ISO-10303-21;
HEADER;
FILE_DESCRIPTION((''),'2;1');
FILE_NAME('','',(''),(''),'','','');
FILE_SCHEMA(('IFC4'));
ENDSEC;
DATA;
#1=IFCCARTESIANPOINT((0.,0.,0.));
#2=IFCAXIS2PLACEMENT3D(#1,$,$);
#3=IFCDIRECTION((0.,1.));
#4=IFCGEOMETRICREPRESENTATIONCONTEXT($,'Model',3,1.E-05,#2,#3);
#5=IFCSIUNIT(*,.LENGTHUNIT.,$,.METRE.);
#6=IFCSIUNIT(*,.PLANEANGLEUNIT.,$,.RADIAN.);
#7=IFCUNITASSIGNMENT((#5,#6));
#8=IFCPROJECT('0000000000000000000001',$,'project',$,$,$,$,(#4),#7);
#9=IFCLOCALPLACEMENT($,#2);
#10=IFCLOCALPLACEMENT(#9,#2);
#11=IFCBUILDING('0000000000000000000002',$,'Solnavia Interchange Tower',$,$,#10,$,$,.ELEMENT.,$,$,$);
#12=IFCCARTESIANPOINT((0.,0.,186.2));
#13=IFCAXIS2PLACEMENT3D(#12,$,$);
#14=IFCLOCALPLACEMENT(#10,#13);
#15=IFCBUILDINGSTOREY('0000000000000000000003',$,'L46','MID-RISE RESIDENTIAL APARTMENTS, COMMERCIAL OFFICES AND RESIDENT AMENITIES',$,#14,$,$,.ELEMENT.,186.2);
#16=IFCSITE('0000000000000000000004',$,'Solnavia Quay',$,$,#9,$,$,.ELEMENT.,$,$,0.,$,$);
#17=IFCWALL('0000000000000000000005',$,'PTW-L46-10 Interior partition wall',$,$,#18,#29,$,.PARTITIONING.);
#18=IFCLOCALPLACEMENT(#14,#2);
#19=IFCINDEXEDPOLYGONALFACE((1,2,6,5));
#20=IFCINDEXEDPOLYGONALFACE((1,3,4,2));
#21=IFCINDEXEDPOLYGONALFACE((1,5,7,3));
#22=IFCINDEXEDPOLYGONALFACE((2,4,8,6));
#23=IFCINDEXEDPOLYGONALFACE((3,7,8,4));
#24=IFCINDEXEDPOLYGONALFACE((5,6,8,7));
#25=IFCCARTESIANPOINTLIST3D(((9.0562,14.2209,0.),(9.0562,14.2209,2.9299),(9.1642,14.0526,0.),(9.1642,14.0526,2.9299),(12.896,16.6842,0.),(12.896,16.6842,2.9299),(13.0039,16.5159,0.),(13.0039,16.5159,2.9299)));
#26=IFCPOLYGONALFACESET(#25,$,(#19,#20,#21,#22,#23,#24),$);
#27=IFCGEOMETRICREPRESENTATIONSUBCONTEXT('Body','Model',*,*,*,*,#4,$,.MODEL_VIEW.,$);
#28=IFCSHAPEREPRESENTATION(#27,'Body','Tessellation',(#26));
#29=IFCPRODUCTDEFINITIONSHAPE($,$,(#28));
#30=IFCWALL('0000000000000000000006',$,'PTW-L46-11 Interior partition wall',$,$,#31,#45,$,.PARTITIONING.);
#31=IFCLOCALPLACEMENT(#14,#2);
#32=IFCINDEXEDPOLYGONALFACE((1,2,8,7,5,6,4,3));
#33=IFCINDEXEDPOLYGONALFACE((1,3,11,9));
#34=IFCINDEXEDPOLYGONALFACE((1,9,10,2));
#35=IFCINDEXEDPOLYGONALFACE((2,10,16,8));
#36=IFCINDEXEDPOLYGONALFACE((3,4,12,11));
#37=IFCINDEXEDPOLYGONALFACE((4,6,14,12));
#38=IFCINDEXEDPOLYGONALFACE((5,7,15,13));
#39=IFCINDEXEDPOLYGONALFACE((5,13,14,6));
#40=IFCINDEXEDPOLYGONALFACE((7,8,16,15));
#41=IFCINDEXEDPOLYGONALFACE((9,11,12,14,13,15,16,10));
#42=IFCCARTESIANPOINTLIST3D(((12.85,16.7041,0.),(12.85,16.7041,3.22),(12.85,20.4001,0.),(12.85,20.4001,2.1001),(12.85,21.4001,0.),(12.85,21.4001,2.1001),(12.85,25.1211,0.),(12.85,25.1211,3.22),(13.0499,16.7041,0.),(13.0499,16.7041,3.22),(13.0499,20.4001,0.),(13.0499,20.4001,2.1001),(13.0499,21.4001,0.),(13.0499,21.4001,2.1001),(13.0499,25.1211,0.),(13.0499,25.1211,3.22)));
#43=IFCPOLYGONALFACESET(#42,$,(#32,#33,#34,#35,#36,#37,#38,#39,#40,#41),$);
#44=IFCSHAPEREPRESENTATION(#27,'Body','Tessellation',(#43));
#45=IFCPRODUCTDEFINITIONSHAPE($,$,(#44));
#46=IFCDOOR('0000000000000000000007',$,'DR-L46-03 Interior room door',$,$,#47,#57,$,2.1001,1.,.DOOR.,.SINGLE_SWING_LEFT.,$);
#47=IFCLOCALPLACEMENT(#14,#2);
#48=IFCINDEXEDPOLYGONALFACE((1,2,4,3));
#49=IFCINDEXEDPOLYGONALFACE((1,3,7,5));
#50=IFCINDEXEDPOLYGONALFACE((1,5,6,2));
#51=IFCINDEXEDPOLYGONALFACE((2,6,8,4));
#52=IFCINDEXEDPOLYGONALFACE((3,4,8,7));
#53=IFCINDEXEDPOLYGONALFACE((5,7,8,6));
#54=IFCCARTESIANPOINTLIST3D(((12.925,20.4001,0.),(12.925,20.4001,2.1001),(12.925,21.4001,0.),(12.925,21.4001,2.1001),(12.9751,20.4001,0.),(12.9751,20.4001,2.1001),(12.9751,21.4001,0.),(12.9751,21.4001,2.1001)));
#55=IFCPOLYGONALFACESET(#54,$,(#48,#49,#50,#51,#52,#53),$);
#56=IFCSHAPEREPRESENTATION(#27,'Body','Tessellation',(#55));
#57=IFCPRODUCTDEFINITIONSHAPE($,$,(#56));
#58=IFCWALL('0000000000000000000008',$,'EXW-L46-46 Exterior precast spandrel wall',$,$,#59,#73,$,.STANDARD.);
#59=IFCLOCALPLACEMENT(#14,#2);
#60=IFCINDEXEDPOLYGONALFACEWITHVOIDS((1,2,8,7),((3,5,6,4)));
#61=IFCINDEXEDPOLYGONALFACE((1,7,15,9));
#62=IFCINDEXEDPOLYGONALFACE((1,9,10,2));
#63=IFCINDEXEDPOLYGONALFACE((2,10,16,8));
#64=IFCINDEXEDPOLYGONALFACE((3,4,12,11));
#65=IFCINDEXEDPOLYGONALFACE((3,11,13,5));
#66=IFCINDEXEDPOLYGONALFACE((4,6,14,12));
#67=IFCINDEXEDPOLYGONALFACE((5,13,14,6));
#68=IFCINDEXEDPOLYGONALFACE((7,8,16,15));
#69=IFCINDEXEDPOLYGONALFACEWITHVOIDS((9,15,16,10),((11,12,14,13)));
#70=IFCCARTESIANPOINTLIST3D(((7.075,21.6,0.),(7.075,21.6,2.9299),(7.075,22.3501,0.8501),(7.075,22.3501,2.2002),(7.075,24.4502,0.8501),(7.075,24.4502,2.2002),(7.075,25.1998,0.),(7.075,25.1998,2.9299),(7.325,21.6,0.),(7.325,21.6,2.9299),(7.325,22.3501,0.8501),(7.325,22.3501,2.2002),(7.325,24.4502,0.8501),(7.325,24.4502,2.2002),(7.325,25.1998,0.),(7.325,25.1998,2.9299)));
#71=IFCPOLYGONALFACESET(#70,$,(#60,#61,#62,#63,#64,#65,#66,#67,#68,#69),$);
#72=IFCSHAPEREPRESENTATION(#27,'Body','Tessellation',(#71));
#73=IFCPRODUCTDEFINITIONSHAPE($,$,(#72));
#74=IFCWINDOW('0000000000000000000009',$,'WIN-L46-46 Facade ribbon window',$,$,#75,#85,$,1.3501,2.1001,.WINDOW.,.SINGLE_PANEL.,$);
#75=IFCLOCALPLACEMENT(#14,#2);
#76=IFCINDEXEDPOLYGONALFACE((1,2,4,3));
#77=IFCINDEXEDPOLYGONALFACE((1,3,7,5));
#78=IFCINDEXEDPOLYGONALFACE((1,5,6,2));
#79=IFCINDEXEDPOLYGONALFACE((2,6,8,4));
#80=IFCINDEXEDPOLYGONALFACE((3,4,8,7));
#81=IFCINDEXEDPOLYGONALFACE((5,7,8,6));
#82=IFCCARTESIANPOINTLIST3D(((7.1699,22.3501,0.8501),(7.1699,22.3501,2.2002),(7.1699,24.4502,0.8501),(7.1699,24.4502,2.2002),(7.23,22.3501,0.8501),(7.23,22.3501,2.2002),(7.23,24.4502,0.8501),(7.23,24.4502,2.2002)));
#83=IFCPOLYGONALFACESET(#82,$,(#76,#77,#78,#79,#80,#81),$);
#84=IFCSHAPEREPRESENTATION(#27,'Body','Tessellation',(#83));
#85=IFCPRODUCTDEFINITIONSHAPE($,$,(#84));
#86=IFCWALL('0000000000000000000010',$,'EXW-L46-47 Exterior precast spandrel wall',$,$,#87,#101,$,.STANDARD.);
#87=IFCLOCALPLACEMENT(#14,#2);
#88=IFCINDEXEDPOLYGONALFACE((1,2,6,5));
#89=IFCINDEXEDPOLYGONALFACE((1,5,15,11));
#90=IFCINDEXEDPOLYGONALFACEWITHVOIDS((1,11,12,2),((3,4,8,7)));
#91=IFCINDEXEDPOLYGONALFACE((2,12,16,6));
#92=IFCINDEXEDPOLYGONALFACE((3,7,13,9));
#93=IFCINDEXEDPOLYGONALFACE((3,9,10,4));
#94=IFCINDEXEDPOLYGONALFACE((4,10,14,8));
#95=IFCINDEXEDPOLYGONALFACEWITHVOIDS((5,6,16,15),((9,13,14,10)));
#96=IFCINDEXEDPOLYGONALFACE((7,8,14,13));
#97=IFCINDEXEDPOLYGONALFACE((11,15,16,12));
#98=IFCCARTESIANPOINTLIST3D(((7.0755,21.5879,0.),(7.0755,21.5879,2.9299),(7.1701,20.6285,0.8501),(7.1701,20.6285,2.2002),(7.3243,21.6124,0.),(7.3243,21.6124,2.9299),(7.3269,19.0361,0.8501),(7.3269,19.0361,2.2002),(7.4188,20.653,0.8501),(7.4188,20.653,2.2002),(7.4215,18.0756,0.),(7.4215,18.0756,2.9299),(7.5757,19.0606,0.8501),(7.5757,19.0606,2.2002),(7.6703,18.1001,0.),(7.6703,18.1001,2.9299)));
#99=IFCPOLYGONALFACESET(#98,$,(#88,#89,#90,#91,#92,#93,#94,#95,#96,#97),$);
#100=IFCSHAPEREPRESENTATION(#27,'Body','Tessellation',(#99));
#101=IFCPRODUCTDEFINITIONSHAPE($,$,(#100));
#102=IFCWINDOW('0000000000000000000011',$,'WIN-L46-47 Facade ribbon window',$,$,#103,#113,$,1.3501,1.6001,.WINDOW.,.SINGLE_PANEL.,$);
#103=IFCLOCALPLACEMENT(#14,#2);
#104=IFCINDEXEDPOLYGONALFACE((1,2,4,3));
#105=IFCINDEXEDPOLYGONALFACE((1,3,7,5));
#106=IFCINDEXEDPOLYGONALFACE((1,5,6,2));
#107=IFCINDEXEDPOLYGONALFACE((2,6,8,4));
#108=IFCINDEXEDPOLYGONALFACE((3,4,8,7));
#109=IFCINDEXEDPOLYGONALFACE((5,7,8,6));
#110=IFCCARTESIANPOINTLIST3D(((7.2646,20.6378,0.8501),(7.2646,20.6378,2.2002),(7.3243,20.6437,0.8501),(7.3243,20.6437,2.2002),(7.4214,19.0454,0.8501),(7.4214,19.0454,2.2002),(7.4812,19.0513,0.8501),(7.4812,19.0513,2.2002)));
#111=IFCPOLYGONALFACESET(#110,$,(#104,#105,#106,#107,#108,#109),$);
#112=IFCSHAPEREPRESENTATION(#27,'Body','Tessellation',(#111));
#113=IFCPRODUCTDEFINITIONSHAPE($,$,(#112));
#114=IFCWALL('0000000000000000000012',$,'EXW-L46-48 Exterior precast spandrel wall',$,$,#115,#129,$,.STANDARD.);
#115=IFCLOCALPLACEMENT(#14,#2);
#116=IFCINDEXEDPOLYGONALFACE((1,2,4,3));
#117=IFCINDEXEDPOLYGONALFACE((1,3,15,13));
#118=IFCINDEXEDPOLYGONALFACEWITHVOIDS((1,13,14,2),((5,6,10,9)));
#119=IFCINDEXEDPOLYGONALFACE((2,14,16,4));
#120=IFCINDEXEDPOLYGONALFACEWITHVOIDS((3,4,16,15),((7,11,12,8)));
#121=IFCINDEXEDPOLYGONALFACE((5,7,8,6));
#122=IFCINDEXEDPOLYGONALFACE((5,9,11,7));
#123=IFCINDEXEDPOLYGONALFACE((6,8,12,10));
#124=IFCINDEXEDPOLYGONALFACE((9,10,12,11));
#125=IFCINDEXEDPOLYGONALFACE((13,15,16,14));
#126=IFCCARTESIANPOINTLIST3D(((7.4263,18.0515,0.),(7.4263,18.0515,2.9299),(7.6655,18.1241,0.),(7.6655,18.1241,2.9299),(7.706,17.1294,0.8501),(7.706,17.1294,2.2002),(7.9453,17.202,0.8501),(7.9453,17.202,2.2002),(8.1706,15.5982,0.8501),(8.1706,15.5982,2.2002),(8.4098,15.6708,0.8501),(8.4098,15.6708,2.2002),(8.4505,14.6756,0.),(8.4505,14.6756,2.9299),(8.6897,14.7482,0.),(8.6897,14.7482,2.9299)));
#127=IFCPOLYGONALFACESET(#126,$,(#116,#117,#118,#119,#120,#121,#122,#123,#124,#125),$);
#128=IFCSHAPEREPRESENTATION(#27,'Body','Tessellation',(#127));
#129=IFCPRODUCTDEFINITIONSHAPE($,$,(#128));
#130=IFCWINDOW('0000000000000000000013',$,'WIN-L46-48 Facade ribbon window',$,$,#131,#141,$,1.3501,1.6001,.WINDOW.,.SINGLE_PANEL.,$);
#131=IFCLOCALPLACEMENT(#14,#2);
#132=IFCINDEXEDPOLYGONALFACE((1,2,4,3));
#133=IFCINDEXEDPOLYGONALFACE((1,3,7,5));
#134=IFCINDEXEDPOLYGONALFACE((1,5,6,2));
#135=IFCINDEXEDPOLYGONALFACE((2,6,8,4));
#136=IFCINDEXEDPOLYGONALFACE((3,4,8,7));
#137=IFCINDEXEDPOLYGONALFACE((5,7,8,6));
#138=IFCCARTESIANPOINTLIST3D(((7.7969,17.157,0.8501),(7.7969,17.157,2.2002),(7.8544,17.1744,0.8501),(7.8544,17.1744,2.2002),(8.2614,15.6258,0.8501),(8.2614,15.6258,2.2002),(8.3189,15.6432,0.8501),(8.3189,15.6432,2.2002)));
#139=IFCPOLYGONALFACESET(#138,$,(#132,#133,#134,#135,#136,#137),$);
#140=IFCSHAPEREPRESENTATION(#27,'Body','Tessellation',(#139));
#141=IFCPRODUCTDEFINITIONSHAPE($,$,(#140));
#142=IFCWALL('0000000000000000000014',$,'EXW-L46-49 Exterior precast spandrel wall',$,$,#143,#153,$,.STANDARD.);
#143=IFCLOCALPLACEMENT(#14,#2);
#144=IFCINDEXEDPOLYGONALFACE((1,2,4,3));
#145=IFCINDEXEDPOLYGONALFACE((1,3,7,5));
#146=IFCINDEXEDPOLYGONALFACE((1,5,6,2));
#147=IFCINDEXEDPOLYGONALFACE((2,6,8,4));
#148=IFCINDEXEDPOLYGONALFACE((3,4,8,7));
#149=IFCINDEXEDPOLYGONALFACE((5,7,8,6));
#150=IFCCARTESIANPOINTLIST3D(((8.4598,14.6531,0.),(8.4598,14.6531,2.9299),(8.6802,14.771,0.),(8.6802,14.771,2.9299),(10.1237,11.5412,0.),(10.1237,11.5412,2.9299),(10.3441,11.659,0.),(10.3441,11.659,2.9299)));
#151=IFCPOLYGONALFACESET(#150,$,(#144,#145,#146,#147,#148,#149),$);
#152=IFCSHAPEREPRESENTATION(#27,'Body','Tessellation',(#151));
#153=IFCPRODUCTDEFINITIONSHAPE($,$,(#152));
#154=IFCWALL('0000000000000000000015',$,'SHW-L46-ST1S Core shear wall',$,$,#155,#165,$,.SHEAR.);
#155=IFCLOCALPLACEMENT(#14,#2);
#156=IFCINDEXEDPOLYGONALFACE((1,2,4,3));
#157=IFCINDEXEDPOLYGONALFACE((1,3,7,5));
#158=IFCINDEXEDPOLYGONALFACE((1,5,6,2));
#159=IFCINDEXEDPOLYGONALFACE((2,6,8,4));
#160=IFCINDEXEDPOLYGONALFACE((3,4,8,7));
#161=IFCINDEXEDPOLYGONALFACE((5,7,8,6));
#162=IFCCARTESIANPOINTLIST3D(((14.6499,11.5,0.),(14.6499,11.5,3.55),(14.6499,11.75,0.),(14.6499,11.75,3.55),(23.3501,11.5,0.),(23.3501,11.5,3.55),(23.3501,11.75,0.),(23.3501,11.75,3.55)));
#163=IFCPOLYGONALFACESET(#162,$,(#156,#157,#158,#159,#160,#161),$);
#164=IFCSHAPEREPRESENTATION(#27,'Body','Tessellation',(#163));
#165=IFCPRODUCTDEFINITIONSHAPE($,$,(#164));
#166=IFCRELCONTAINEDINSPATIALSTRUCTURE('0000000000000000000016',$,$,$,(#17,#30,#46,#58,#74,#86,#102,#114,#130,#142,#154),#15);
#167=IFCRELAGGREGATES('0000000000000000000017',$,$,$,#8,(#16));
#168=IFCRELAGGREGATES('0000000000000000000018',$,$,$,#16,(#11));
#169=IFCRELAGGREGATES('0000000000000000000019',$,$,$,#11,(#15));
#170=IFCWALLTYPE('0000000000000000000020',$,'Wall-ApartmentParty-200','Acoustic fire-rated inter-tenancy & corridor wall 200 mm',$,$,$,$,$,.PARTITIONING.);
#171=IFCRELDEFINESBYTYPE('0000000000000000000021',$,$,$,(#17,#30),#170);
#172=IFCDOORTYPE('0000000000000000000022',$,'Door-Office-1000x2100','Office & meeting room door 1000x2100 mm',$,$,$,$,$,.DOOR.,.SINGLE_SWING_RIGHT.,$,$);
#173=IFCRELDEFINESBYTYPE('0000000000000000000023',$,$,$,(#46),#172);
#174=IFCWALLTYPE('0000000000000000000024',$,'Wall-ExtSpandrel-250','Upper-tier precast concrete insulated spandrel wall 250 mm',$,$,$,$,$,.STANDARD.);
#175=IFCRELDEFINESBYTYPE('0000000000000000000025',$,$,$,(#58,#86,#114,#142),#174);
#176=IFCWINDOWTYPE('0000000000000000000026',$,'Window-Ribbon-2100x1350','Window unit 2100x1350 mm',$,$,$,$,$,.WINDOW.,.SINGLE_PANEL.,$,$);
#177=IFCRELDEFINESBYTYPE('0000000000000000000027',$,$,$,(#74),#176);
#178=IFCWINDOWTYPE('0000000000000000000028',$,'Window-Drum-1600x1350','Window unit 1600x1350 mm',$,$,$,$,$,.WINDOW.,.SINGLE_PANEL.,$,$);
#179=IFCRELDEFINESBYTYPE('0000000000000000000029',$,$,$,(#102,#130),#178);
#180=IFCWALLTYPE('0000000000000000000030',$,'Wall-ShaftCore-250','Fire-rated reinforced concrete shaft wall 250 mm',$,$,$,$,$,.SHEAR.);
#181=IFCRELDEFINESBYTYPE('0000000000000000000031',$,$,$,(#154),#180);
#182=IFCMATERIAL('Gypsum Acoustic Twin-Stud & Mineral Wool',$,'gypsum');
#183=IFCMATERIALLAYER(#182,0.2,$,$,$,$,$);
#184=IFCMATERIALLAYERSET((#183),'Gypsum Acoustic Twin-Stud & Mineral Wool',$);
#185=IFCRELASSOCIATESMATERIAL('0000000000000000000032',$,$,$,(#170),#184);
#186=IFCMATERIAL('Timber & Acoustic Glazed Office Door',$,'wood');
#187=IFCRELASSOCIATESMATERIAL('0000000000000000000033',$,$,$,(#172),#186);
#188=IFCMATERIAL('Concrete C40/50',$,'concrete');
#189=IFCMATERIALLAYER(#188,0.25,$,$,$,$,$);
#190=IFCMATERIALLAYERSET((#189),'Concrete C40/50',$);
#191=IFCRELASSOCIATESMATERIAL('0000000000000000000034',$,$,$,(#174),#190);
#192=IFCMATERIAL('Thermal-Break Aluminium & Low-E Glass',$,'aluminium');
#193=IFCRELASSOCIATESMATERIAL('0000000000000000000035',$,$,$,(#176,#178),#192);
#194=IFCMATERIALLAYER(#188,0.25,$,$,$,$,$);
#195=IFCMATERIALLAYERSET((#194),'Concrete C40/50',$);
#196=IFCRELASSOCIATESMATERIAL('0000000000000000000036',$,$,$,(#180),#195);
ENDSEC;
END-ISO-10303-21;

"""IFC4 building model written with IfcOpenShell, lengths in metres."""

from ifc_helpers import new_model, si_unit, direction, frame, frame_2d, origin, place, context, subcontext, project, spatial, rectangle, extrude, material, layer, layer_set, type_object, element, fill, save


model = new_model("IFC4")

# Units and contexts
model_context = context("Model", 3, precision=1e-05, world=origin(), true_north=direction((0.0, 1.0)))
body_context = subcontext(model_context, "Body", "Model", "MODEL_VIEW")
ifc_project = project(units=[si_unit("LENGTHUNIT", "METRE"), si_unit("PLANEANGLEUNIT", "RADIAN")], contexts=[model_context])

# Site, building, storey
site_placement = place(None, origin())
site = spatial("IfcSite", under=ifc_project, at=site_placement, Name="Solnavia Quay", CompositionType="ELEMENT", RefElevation=0.0)
building_placement = place(site_placement, origin())
building = spatial("IfcBuilding", under=site, at=building_placement, Name="Solnavia Interchange Tower", CompositionType="ELEMENT")
storey_placement = place(building_placement, frame((0.0, 0.0, 186.2)))
storey = spatial("IfcBuildingStorey", under=building, at=storey_placement, Name="L46", Description="MID-RISE RESIDENTIAL APARTMENTS, COMMERCIAL OFFICES AND RESIDENT AMENITIES", CompositionType="ELEMENT", Elevation=186.2)

# Wall
ifc_material_1 = material(Name="Gypsum Acoustic Twin-Stud & Mineral Wool", Category="gypsum")
ifc_layer_1 = layer(ifc_material_1, 0.2)
ifc_layer_set_1 = layer_set([ifc_layer_1], Name="Gypsum Acoustic Twin-Stud & Mineral Wool")
wall_type_1 = type_object("IfcWallType", Name="Wall-ApartmentParty-200", Description="Acoustic fire-rated inter-tenancy & corridor wall 200 mm", PredefinedType="PARTITIONING", material=ifc_layer_set_1)
wall_1_placement = place(storey_placement, frame((12.95, 16.6001, 0.0), z_axis=(0.0, 0.0, 1.0), x_axis=(-0.841686, -0.539968, 0.0)))
element("IfcWall", 1, at=wall_1_placement, inside=storey, type_object=wall_type_1, Name="PTW-L46-10 Interior partition wall", PredefinedType="PARTITIONING", context=body_context, shape_type="SweptSolid", body=[
    extrude(rectangle(XDim=4.562, YDim=0.2, at=frame_2d((2.281, 0.0))), origin(), (0.0, 0.0, 1.0), 2.9299),
])

# Wall, opening, door
wall_2_placement = place(storey_placement, frame((12.95, 16.7041, 0.0), z_axis=(0.0, 0.0, 1.0), x_axis=(0.0, 1.0, 0.0)))
wall_2 = element("IfcWall", 2, at=wall_2_placement, inside=storey, type_object=wall_type_1, Name="PTW-L46-11 Interior partition wall", PredefinedType="PARTITIONING", context=body_context, shape_type="SweptSolid", body=[
    extrude(rectangle(XDim=8.417, YDim=0.2, at=frame_2d((4.2085, 0.0))), origin(), (0.0, 0.0, 1.0), 3.22),
])
opening_1_placement = place(wall_2_placement, frame((3.696, 0.0, 0.0)))
opening_1 = element("IfcOpeningElement", 3, at=opening_1_placement, cuts=wall_2, PredefinedType="OPENING", context=body_context, shape_type="SweptSolid", body=[
    extrude(rectangle(XDim=1.0, YDim=2.1001, at=frame_2d((0.5, 1.05))), frame((0.0, 0.1099, 0.0), z_axis=(0.0, -1.0, 0.0), x_axis=(1.0, 0.0, 0.0)), (0.0, 0.0, 1.0), 0.22),
])
ifc_material_2 = material(Name="Timber & Acoustic Glazed Office Door", Category="wood")
door_type = type_object("IfcDoorType", Name="Door-Office-1000x2100", Description="Office & meeting room door 1000x2100 mm", OperationType="SINGLE_SWING_RIGHT", PredefinedType="DOOR", material=ifc_material_2)
door_placement = place(opening_1_placement, origin())
door = element("IfcDoor", 4, at=door_placement, inside=storey, type_object=door_type, Name="DR-L46-03 Interior room door", OperationType="SINGLE_SWING_LEFT", OverallHeight=2.1001, OverallWidth=1.0, PredefinedType="DOOR", context=body_context, shape_type="SweptSolid", body=[
    extrude(rectangle(XDim=1.0, YDim=2.1001, at=frame_2d((0.5, 1.05))), frame((0.0, 0.0249, 0.0), z_axis=(0.0, -1.0, 0.0), x_axis=(1.0, 0.0, 0.0)), (0.0, 0.0, 1.0), 0.05),
])
fill(opening_1, door)

# Walls, openings, windows
ifc_material_3 = material(Name="Concrete C40/50", Category="concrete")
ifc_layer_2 = layer(ifc_material_3, 0.25)
ifc_layer_set_2 = layer_set([ifc_layer_2], Name="Concrete C40/50")
wall_type_2 = type_object("IfcWallType", Name="Wall-ExtSpandrel-250", Description="Upper-tier precast concrete insulated spandrel wall 250 mm", PredefinedType="STANDARD", material=ifc_layer_set_2)
wall_3_placement = place(storey_placement, frame((7.2, 21.6001, 0.0), z_axis=(0.0, 0.0, 1.0), x_axis=(0.0, 1.0, 0.0)))
wall_3 = element("IfcWall", 5, at=wall_3_placement, inside=storey, type_object=wall_type_2, Name="EXW-L46-46 Exterior precast spandrel wall", PredefinedType="STANDARD", context=body_context, shape_type="SweptSolid", body=[
    extrude(rectangle(XDim=3.5999, YDim=0.25, at=frame_2d((1.7998, 0.0))), origin(), (0.0, 0.0, 1.0), 2.9299),
])
opening_2_placement = place(wall_3_placement, frame((0.75, 0.0, 0.8501)))
opening_2 = element("IfcOpeningElement", 6, at=opening_2_placement, cuts=wall_3, PredefinedType="OPENING", context=body_context, shape_type="SweptSolid", body=[
    extrude(rectangle(XDim=2.1001, YDim=1.3501, at=frame_2d((1.05, 0.675))), frame((0.0, 0.135, 0.0), z_axis=(0.0, -1.0, 0.0), x_axis=(1.0, 0.0, 0.0)), (0.0, 0.0, 1.0), 0.27),
])
ifc_material_4 = material(Name="Thermal-Break Aluminium & Low-E Glass", Category="aluminium")
window_type_1 = type_object("IfcWindowType", Name="Window-Ribbon-2100x1350", Description="Window unit 2100x1350 mm", PartitioningType="SINGLE_PANEL", PredefinedType="WINDOW", material=ifc_material_4)
window_1_placement = place(opening_2_placement, origin())
window_1 = element("IfcWindow", 7, at=window_1_placement, inside=storey, type_object=window_type_1, Name="WIN-L46-46 Facade ribbon window", OverallHeight=1.3501, OverallWidth=2.1001, PartitioningType="SINGLE_PANEL", PredefinedType="WINDOW", context=body_context, shape_type="SweptSolid", body=[
    extrude(rectangle(XDim=2.1001, YDim=1.3501, at=frame_2d((1.05, 0.675))), frame((0.0, 0.03, 0.0), z_axis=(0.0, -1.0, 0.0), x_axis=(1.0, 0.0, 0.0)), (0.0, 0.0, 1.0), 0.0601),
])
fill(opening_2, window_1)
wall_4_placement = place(storey_placement, frame((7.5459, 18.0879, 0.0), z_axis=(0.0, 0.0, 1.0), x_axis=(-0.098024, 0.995184, 0.0)))
wall_4 = element("IfcWall", 8, at=wall_4_placement, inside=storey, type_object=wall_type_2, Name="EXW-L46-47 Exterior precast spandrel wall", PredefinedType="STANDARD", context=body_context, shape_type="SweptSolid", body=[
    extrude(rectangle(XDim=3.5293, YDim=0.25, at=frame_2d((1.7646, 0.0))), origin(), (0.0, 0.0, 1.0), 2.9299),
])
opening_3_placement = place(wall_4_placement, frame((0.9651, 0.0, 0.8501)))
opening_3 = element("IfcOpeningElement", 9, at=opening_3_placement, cuts=wall_4, PredefinedType="OPENING", context=body_context, shape_type="SweptSolid", body=[
    extrude(rectangle(XDim=1.6001, YDim=1.3501, at=frame_2d((0.8, 0.675))), frame((0.0, 0.135, 0.0), z_axis=(0.0, -1.0, 0.0), x_axis=(1.0, 0.0, 0.0)), (0.0, 0.0, 1.0), 0.27),
])
window_type_2 = type_object("IfcWindowType", Name="Window-Drum-1600x1350", Description="Window unit 1600x1350 mm", PartitioningType="SINGLE_PANEL", PredefinedType="WINDOW", material=ifc_material_4)
window_2_placement = place(opening_3_placement, origin())
window_2 = element("IfcWindow", 10, at=window_2_placement, inside=storey, type_object=window_type_2, Name="WIN-L46-47 Facade ribbon window", OverallHeight=1.3501, OverallWidth=1.6001, PartitioningType="SINGLE_PANEL", PredefinedType="WINDOW", context=body_context, shape_type="SweptSolid", body=[
    extrude(rectangle(XDim=1.6001, YDim=1.3501, at=frame_2d((0.8, 0.675))), frame((0.0, 0.03, 0.0), z_axis=(0.0, -1.0, 0.0), x_axis=(1.0, 0.0, 0.0)), (0.0, 0.0, 1.0), 0.0601),
])
fill(opening_3, window_2)
wall_5_placement = place(storey_placement, frame((8.5701, 14.7119, 0.0), z_axis=(0.0, 0.0, 1.0), x_axis=(-0.290305, 0.956934, 0.0)))
wall_5 = element("IfcWall", 11, at=wall_5_placement, inside=storey, type_object=wall_type_2, Name="EXW-L46-48 Exterior precast spandrel wall", PredefinedType="STANDARD", context=body_context, shape_type="SweptSolid", body=[
    extrude(rectangle(XDim=3.5278, YDim=0.25, at=frame_2d((1.7639, 0.0))), origin(), (0.0, 0.0, 1.0), 2.9299),
])
opening_4_placement = place(wall_5_placement, frame((0.9641, 0.0, 0.8501)))
opening_4 = element("IfcOpeningElement", 12, at=opening_4_placement, cuts=wall_5, PredefinedType="OPENING", context=body_context, shape_type="SweptSolid", body=[
    extrude(rectangle(XDim=1.6001, YDim=1.3501, at=frame_2d((0.8, 0.675))), frame((0.0, 0.135, 0.0), z_axis=(0.0, -1.0, 0.0), x_axis=(1.0, 0.0, 0.0)), (0.0, 0.0, 1.0), 0.27),
])
window_3_placement = place(opening_4_placement, origin())
window_3 = element("IfcWindow", 13, at=window_3_placement, inside=storey, type_object=window_type_2, Name="WIN-L46-48 Facade ribbon window", OverallHeight=1.3501, OverallWidth=1.6001, PartitioningType="SINGLE_PANEL", PredefinedType="WINDOW", context=body_context, shape_type="SweptSolid", body=[
    extrude(rectangle(XDim=1.6001, YDim=1.3501, at=frame_2d((0.8, 0.675))), frame((0.0, 0.03, 0.0), z_axis=(0.0, -1.0, 0.0), x_axis=(1.0, 0.0, 0.0)), (0.0, 0.0, 1.0), 0.0601),
])
fill(opening_4, window_3)

# Walls
wall_6_placement = place(storey_placement, frame((10.2339, 11.6001, 0.0), z_axis=(0.0, 0.0, 1.0), x_axis=(-0.471511, 0.88186, 0.0)))
element("IfcWall", 14, at=wall_6_placement, inside=storey, type_object=wall_type_2, Name="EXW-L46-49 Exterior precast spandrel wall", PredefinedType="STANDARD", context=body_context, shape_type="SweptSolid", body=[
    extrude(rectangle(XDim=3.5288, YDim=0.25, at=frame_2d((1.7644, 0.0))), origin(), (0.0, 0.0, 1.0), 2.9299),
])
ifc_layer_3 = layer(ifc_material_3, 0.25)
ifc_layer_set_3 = layer_set([ifc_layer_3], Name="Concrete C40/50")
wall_type_3 = type_object("IfcWallType", Name="Wall-ShaftCore-250", Description="Fire-rated reinforced concrete shaft wall 250 mm", PredefinedType="SHEAR", material=ifc_layer_set_3)
wall_7_placement = place(storey_placement, frame((14.6499, 11.625, 0.0), z_axis=(0.0, 0.0, 1.0), x_axis=(1.0, 0.0, 0.0)))
element("IfcWall", 15, at=wall_7_placement, inside=storey, type_object=wall_type_3, Name="SHW-L46-ST1S Core shear wall", PredefinedType="SHEAR", context=body_context, shape_type="SweptSolid", body=[
    extrude(rectangle(XDim=8.7002, YDim=0.25, at=frame_2d((4.3501, 0.0))), origin(), (0.0, 0.0, 1.0), 3.55),
])

save(model, "model.ifc")
